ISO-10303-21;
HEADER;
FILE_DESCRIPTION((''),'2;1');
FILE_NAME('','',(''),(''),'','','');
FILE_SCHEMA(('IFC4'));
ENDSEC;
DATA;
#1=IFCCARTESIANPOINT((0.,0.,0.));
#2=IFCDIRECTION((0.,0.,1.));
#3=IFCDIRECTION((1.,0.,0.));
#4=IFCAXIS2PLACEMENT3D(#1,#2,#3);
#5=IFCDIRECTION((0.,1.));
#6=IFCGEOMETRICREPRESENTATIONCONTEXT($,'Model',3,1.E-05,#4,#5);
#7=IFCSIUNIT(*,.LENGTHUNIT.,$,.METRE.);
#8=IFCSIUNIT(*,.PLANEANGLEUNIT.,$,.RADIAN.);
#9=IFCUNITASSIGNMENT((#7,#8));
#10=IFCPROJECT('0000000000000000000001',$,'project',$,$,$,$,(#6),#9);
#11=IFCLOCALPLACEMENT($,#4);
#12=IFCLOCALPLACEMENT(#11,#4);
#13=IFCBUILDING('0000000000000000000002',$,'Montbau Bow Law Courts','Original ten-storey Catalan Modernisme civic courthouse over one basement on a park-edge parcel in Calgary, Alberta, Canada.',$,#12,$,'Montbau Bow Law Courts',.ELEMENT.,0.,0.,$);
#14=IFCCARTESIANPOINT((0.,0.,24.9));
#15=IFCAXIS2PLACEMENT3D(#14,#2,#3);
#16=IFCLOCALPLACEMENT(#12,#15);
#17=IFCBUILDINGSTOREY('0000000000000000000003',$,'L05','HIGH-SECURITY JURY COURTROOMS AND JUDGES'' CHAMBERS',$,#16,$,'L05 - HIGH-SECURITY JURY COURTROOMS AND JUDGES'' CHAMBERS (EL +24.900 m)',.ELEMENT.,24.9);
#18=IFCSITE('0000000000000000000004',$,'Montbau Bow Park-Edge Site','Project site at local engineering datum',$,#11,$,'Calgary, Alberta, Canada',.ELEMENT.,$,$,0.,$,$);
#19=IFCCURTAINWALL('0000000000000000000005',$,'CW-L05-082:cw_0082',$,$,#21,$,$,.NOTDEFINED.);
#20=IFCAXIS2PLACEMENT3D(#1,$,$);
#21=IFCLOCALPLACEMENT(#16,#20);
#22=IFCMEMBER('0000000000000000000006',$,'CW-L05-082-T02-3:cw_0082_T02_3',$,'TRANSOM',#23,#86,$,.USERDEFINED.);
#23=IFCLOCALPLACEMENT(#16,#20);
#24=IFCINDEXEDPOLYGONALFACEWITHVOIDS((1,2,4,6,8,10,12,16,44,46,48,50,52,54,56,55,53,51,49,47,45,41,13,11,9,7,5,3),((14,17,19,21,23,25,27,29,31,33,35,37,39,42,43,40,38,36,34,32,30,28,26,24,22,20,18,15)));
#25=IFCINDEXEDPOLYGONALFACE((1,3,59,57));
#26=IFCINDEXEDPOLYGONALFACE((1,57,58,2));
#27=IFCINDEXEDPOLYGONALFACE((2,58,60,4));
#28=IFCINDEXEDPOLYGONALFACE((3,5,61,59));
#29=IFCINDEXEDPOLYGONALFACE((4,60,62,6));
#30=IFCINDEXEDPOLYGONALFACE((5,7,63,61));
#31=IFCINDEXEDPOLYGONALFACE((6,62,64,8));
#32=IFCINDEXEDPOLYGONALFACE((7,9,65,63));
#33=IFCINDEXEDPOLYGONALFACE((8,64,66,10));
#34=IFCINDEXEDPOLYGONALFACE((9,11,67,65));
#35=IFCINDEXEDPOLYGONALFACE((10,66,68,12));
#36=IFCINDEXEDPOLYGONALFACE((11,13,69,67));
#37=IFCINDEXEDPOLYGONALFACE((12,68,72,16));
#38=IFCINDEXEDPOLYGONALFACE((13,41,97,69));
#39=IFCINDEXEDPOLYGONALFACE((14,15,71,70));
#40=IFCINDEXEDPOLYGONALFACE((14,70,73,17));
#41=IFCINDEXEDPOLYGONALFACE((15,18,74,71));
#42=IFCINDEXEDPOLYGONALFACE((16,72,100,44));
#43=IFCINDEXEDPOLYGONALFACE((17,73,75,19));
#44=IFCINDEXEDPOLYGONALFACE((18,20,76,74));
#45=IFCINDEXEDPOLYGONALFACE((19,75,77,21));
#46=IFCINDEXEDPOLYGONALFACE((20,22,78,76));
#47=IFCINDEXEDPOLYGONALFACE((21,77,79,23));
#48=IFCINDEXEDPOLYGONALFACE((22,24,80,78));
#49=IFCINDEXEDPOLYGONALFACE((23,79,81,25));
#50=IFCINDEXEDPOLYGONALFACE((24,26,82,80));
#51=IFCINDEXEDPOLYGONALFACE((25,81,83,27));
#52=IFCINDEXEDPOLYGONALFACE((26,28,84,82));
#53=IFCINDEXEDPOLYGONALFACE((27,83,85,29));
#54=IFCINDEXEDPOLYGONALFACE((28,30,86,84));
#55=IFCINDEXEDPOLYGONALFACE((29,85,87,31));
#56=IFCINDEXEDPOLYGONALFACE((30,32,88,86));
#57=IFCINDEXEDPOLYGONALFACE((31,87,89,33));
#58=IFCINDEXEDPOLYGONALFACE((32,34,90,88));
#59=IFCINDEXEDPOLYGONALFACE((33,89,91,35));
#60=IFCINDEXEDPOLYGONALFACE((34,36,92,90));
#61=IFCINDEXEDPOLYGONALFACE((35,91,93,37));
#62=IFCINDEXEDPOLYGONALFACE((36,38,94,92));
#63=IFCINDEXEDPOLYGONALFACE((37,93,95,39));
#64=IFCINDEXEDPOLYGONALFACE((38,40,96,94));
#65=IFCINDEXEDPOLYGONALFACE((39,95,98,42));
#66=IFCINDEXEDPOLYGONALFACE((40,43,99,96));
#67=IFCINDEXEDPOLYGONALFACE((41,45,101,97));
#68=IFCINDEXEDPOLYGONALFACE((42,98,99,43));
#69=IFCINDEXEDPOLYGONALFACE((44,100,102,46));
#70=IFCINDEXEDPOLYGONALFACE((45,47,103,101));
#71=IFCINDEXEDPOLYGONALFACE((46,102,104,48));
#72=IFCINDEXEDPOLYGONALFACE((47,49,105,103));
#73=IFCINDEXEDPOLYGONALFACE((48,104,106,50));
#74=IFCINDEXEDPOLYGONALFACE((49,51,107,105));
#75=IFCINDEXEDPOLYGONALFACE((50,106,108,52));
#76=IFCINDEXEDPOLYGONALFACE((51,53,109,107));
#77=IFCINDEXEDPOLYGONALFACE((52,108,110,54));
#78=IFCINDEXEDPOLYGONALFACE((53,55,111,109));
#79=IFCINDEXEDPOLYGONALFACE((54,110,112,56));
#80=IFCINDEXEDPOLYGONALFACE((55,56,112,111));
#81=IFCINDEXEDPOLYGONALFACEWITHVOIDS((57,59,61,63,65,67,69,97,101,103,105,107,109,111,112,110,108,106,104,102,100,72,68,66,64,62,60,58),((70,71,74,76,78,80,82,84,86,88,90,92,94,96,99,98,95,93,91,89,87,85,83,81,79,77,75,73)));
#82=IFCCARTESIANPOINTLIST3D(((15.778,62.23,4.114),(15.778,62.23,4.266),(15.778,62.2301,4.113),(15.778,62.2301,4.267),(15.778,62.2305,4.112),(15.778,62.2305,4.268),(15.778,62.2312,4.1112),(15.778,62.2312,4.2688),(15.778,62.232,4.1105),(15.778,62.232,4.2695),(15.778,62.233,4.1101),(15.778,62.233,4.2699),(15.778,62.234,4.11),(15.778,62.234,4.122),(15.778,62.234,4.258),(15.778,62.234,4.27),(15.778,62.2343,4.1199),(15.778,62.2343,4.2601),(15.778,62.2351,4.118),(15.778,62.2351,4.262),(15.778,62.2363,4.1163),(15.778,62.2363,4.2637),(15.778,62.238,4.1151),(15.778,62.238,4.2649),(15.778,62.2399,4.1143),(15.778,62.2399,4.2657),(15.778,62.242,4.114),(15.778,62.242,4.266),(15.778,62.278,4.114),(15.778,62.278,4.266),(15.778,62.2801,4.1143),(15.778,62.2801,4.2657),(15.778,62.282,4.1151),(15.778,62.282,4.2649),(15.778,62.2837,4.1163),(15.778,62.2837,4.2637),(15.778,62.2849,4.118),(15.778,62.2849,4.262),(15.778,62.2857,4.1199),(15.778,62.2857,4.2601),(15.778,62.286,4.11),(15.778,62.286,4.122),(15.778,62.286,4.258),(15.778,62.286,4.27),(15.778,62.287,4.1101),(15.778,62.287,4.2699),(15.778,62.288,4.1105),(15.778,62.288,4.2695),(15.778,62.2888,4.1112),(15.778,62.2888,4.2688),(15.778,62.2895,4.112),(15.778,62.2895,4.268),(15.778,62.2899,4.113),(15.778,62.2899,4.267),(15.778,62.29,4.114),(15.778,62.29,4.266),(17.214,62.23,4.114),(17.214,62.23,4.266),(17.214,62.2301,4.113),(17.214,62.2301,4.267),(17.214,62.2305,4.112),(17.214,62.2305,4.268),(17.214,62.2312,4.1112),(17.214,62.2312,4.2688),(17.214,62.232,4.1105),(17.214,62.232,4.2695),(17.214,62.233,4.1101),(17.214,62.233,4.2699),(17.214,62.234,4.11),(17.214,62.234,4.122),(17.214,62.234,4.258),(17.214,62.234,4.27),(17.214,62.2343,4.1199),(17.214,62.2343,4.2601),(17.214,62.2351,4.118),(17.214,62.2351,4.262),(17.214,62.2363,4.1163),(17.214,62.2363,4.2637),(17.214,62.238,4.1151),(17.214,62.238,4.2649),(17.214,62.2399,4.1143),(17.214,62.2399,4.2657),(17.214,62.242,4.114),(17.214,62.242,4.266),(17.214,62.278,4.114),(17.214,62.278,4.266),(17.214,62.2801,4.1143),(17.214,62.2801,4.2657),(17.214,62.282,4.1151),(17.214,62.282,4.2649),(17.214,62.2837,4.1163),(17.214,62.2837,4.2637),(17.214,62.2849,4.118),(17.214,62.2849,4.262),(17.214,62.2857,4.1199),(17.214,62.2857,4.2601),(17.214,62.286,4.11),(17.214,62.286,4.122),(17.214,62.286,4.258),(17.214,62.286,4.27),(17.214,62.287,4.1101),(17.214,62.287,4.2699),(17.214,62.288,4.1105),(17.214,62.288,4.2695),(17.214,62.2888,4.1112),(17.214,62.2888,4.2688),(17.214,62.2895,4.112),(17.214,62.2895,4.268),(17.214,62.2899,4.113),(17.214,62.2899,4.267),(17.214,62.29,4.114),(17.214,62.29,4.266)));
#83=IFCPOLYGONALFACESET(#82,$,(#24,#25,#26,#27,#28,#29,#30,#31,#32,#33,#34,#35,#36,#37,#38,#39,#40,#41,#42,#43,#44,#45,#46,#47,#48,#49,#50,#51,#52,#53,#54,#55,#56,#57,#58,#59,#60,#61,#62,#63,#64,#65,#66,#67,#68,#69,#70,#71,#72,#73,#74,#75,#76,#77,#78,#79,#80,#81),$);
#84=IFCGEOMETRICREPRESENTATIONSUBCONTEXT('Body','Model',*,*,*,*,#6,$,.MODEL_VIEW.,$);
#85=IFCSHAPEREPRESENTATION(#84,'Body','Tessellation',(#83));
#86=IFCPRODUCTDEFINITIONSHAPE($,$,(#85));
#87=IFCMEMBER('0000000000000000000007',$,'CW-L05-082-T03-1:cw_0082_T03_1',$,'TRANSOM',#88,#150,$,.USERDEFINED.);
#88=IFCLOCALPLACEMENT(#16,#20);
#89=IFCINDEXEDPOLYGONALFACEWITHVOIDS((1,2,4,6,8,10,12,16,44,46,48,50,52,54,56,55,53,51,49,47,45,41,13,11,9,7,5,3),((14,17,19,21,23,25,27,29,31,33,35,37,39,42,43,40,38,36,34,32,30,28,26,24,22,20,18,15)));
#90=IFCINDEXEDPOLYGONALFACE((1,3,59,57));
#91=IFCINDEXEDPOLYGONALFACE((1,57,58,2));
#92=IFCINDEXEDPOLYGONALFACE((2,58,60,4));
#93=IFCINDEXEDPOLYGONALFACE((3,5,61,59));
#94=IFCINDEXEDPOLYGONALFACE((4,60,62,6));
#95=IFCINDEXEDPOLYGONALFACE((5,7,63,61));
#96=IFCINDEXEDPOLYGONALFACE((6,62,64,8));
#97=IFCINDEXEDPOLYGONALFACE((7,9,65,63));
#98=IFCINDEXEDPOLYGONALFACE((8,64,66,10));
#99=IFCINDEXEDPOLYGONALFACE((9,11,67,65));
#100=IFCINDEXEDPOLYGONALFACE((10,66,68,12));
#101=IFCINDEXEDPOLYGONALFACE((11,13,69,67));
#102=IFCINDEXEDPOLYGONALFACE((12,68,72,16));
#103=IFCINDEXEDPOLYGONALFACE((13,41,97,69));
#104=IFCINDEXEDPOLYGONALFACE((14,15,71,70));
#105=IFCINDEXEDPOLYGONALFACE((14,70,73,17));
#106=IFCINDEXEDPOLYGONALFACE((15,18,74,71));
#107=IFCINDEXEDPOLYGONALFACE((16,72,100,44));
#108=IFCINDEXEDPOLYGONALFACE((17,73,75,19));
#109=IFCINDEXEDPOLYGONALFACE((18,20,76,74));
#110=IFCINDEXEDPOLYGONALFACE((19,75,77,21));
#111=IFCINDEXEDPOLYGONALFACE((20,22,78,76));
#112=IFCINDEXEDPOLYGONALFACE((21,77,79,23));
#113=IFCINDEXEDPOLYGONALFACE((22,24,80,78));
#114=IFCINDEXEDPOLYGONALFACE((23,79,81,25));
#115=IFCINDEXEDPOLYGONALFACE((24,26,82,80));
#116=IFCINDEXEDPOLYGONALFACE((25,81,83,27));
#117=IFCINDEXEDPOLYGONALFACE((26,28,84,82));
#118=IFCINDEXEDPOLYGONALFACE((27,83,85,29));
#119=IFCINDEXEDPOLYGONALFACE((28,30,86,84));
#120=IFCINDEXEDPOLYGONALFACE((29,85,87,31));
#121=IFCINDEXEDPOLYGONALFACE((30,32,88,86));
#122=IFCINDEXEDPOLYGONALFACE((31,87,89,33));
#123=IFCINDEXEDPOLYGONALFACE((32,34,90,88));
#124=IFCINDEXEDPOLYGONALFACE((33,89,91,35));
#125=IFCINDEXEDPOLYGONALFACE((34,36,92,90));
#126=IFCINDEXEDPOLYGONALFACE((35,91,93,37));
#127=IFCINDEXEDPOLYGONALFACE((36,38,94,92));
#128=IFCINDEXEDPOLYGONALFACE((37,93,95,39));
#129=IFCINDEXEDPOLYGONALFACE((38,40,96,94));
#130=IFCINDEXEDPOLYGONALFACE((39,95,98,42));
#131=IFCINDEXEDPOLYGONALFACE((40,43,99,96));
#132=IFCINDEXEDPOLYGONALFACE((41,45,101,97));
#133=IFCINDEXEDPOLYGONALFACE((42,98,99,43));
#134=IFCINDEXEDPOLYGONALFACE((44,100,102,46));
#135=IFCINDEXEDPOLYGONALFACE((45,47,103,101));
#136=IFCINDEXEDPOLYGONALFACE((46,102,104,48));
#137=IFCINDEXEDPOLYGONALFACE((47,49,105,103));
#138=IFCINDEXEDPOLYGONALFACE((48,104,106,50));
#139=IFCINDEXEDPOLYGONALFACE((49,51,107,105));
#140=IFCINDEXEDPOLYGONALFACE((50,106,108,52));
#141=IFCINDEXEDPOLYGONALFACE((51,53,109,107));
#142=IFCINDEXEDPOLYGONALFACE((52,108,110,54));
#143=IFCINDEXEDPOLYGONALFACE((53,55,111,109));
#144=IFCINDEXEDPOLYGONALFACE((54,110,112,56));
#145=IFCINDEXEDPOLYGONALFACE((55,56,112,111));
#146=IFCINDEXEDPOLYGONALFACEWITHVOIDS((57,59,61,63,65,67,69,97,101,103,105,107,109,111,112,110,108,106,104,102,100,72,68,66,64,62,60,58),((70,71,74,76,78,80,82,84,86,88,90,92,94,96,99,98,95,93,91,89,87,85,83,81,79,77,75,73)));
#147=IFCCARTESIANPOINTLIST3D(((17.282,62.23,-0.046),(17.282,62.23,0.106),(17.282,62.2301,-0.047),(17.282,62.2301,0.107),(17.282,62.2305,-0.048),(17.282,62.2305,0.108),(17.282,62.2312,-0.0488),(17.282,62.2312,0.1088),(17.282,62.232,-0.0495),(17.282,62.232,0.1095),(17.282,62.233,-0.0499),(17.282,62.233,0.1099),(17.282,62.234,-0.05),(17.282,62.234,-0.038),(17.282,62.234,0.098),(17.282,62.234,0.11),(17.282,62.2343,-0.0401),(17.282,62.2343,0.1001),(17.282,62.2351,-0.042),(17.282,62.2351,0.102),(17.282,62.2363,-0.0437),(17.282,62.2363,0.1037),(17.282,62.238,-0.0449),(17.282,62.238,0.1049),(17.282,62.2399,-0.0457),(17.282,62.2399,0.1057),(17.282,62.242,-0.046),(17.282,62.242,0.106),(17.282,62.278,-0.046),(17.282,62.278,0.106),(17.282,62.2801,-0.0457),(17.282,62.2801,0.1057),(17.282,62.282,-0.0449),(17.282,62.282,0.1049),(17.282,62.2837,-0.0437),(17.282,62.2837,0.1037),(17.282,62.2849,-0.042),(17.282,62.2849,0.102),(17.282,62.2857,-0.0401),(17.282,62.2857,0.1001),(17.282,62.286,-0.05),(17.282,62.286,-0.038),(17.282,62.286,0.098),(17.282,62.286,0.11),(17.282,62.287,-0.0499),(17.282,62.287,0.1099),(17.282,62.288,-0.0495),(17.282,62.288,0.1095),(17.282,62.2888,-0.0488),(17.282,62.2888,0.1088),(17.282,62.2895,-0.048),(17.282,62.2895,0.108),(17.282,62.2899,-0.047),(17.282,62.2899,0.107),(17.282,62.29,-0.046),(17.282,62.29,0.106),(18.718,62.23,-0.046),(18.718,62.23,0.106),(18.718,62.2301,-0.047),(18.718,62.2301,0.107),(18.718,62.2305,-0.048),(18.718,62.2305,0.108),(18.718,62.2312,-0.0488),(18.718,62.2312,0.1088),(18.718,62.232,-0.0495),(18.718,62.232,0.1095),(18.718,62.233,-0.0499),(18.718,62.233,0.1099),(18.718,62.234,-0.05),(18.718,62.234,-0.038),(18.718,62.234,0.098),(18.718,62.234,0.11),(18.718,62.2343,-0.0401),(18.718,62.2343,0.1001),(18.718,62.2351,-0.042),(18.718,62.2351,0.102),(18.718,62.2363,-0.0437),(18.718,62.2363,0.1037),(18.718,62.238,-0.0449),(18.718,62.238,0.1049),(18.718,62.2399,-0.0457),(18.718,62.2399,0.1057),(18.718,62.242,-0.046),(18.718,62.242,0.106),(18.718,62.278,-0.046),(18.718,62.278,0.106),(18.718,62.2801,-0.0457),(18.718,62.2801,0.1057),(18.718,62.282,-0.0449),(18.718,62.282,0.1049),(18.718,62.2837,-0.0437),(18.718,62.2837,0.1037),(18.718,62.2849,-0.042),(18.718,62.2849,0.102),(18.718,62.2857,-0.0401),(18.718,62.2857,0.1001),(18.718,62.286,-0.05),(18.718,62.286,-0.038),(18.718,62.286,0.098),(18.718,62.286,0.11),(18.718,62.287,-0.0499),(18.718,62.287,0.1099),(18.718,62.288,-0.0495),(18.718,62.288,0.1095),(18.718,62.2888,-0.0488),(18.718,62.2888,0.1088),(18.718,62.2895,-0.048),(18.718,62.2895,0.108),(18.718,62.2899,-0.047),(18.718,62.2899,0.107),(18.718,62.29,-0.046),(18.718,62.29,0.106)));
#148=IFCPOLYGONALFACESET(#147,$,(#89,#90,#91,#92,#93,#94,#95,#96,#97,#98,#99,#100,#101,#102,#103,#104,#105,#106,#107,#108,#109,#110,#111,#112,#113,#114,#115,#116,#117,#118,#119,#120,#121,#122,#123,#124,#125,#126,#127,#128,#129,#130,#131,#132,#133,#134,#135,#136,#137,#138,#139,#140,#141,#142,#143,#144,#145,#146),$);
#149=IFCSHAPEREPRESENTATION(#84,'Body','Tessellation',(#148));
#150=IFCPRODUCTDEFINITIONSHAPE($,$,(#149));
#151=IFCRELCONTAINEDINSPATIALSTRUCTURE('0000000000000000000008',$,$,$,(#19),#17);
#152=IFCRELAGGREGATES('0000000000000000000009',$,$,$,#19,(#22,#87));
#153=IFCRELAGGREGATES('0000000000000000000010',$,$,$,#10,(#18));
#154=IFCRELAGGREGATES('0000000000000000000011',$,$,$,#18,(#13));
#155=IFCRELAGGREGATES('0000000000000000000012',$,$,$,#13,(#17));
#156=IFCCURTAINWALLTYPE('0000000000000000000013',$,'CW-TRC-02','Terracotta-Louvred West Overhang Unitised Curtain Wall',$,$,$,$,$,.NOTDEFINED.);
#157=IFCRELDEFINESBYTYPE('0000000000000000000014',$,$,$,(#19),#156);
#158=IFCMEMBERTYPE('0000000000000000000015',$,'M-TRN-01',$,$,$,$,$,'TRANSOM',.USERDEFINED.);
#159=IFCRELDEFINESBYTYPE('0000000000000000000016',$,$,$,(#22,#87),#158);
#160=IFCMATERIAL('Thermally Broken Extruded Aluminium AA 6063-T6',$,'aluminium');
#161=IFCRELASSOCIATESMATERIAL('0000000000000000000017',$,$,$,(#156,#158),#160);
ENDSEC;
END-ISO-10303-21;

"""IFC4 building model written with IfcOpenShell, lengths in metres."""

from ifc_helpers import new_model, si_unit, direction, frame, origin_with_axes, origin_2d_with_axis, place, context, subcontext, project, spatial, hollow_rectangle, extrude, material, material_profile, profile_set, type_object, element, aggregate, save


model = new_model("IFC4")

# Units and contexts
model_context = context("Model", 3, precision=1e-05, world=origin_with_axes(), true_north=direction((0.0, 1.0)))
body_context = subcontext(model_context, "Body", "Model", "MODEL_VIEW")
ifc_project = project(units=[si_unit("LENGTHUNIT", "METRE"), si_unit("PLANEANGLEUNIT", "RADIAN")], contexts=[model_context])

# Site, building, storey
site_placement = place(None, origin_with_axes())
site = spatial("IfcSite", under=ifc_project, at=site_placement, Name="Montbau Bow Park-Edge Site", Description="Project site at local engineering datum", LongName="Calgary, Alberta, Canada", CompositionType="ELEMENT", RefElevation=0.0)
building_placement = place(site_placement, origin_with_axes())
building = spatial("IfcBuilding", under=site, at=building_placement, Name="Montbau Bow Law Courts", Description="Original ten-storey Catalan Modernisme civic courthouse over one basement on a park-edge parcel in Calgary, Alberta, Canada.", LongName="Montbau Bow Law Courts", CompositionType="ELEMENT", ElevationOfRefHeight=0.0, ElevationOfTerrain=0.0)
storey_placement = place(building_placement, frame((0.0, 0.0, 24.9), z_axis=(0.0, 0.0, 1.0), x_axis=(1.0, 0.0, 0.0)))
storey = spatial("IfcBuildingStorey", under=building, at=storey_placement, Name="L05", Description="HIGH-SECURITY JURY COURTROOMS AND JUDGES' CHAMBERS", LongName="L05 - HIGH-SECURITY JURY COURTROOMS AND JUDGES' CHAMBERS (EL +24.900 m)", CompositionType="ELEMENT", Elevation=24.9)

# Curtain wall, members
ifc_material_1 = material(Name="Thermally Broken Extruded Aluminium AA 6063-T6", Category="aluminium")
curtain_wall_type = type_object("IfcCurtainWallType", Name="CW-TRC-02", Description="Terracotta-Louvred West Overhang Unitised Curtain Wall", PredefinedType="NOTDEFINED", material=ifc_material_1)
curtain_wall_placement = place(None, frame((14.24, 62.26, 24.9), z_axis=(0.0, 0.0, 1.0), x_axis=(1.0, 0.0, 0.0)))
curtain_wall = element("IfcCurtainWall", 1, at=curtain_wall_placement, inside=storey, type_object=curtain_wall_type, Name="CW-L05-082:cw_0082", PredefinedType="NOTDEFINED")
ifc_material_profile_1 = material_profile(ifc_material_1, hollow_rectangle(XDim=0.06, YDim=0.16, WallThickness=0.004, InnerFilletRadius=0.008, OuterFilletRadius=0.004, at=origin_2d_with_axis()), Name="CWT-160X60", Category="Main", Priority=0)
ifc_profile_set_1 = profile_set([ifc_material_profile_1], Name="Thermally Broken Extruded Aluminium AA 6063-T6")
member_type_1 = type_object("IfcMemberType", Name="M-TRN-01", ElementType="TRANSOM", PredefinedType="USERDEFINED", material=ifc_profile_set_1)
member_1_placement = place(None, frame((15.778, 62.26, 29.09), z_axis=(1.0, 0.0, 0.0), x_axis=(0.0, 1.0, 0.0)))
member_1 = element("IfcMember", 2, at=member_1_placement, type_object=member_type_1, Name="CW-L05-082-T02-3:cw_0082_T02_3", ObjectType="TRANSOM", PredefinedType="USERDEFINED", context=body_context, shape_type="SweptSolid", body=[
    extrude(hollow_rectangle(XDim=0.06, YDim=0.16, WallThickness=0.004, InnerFilletRadius=0.008, OuterFilletRadius=0.004, at=origin_2d_with_axis()), origin_with_axes(), (0.0, 0.0, 1.0), 1.436),
])
member_2_placement = place(None, frame((17.282, 62.26, 24.93), z_axis=(1.0, 0.0, 0.0), x_axis=(0.0, 1.0, 0.0)))
member_2 = element("IfcMember", 3, at=member_2_placement, type_object=member_type_1, Name="CW-L05-082-T03-1:cw_0082_T03_1", ObjectType="TRANSOM", PredefinedType="USERDEFINED", context=body_context, shape_type="SweptSolid", body=[
    extrude(hollow_rectangle(XDim=0.06, YDim=0.16, WallThickness=0.004, InnerFilletRadius=0.008, OuterFilletRadius=0.004, at=origin_2d_with_axis()), origin_with_axes(), (0.0, 0.0, 1.0), 1.436),
])
aggregate(curtain_wall, [member_1, member_2])

save(model, "model.ifc")
